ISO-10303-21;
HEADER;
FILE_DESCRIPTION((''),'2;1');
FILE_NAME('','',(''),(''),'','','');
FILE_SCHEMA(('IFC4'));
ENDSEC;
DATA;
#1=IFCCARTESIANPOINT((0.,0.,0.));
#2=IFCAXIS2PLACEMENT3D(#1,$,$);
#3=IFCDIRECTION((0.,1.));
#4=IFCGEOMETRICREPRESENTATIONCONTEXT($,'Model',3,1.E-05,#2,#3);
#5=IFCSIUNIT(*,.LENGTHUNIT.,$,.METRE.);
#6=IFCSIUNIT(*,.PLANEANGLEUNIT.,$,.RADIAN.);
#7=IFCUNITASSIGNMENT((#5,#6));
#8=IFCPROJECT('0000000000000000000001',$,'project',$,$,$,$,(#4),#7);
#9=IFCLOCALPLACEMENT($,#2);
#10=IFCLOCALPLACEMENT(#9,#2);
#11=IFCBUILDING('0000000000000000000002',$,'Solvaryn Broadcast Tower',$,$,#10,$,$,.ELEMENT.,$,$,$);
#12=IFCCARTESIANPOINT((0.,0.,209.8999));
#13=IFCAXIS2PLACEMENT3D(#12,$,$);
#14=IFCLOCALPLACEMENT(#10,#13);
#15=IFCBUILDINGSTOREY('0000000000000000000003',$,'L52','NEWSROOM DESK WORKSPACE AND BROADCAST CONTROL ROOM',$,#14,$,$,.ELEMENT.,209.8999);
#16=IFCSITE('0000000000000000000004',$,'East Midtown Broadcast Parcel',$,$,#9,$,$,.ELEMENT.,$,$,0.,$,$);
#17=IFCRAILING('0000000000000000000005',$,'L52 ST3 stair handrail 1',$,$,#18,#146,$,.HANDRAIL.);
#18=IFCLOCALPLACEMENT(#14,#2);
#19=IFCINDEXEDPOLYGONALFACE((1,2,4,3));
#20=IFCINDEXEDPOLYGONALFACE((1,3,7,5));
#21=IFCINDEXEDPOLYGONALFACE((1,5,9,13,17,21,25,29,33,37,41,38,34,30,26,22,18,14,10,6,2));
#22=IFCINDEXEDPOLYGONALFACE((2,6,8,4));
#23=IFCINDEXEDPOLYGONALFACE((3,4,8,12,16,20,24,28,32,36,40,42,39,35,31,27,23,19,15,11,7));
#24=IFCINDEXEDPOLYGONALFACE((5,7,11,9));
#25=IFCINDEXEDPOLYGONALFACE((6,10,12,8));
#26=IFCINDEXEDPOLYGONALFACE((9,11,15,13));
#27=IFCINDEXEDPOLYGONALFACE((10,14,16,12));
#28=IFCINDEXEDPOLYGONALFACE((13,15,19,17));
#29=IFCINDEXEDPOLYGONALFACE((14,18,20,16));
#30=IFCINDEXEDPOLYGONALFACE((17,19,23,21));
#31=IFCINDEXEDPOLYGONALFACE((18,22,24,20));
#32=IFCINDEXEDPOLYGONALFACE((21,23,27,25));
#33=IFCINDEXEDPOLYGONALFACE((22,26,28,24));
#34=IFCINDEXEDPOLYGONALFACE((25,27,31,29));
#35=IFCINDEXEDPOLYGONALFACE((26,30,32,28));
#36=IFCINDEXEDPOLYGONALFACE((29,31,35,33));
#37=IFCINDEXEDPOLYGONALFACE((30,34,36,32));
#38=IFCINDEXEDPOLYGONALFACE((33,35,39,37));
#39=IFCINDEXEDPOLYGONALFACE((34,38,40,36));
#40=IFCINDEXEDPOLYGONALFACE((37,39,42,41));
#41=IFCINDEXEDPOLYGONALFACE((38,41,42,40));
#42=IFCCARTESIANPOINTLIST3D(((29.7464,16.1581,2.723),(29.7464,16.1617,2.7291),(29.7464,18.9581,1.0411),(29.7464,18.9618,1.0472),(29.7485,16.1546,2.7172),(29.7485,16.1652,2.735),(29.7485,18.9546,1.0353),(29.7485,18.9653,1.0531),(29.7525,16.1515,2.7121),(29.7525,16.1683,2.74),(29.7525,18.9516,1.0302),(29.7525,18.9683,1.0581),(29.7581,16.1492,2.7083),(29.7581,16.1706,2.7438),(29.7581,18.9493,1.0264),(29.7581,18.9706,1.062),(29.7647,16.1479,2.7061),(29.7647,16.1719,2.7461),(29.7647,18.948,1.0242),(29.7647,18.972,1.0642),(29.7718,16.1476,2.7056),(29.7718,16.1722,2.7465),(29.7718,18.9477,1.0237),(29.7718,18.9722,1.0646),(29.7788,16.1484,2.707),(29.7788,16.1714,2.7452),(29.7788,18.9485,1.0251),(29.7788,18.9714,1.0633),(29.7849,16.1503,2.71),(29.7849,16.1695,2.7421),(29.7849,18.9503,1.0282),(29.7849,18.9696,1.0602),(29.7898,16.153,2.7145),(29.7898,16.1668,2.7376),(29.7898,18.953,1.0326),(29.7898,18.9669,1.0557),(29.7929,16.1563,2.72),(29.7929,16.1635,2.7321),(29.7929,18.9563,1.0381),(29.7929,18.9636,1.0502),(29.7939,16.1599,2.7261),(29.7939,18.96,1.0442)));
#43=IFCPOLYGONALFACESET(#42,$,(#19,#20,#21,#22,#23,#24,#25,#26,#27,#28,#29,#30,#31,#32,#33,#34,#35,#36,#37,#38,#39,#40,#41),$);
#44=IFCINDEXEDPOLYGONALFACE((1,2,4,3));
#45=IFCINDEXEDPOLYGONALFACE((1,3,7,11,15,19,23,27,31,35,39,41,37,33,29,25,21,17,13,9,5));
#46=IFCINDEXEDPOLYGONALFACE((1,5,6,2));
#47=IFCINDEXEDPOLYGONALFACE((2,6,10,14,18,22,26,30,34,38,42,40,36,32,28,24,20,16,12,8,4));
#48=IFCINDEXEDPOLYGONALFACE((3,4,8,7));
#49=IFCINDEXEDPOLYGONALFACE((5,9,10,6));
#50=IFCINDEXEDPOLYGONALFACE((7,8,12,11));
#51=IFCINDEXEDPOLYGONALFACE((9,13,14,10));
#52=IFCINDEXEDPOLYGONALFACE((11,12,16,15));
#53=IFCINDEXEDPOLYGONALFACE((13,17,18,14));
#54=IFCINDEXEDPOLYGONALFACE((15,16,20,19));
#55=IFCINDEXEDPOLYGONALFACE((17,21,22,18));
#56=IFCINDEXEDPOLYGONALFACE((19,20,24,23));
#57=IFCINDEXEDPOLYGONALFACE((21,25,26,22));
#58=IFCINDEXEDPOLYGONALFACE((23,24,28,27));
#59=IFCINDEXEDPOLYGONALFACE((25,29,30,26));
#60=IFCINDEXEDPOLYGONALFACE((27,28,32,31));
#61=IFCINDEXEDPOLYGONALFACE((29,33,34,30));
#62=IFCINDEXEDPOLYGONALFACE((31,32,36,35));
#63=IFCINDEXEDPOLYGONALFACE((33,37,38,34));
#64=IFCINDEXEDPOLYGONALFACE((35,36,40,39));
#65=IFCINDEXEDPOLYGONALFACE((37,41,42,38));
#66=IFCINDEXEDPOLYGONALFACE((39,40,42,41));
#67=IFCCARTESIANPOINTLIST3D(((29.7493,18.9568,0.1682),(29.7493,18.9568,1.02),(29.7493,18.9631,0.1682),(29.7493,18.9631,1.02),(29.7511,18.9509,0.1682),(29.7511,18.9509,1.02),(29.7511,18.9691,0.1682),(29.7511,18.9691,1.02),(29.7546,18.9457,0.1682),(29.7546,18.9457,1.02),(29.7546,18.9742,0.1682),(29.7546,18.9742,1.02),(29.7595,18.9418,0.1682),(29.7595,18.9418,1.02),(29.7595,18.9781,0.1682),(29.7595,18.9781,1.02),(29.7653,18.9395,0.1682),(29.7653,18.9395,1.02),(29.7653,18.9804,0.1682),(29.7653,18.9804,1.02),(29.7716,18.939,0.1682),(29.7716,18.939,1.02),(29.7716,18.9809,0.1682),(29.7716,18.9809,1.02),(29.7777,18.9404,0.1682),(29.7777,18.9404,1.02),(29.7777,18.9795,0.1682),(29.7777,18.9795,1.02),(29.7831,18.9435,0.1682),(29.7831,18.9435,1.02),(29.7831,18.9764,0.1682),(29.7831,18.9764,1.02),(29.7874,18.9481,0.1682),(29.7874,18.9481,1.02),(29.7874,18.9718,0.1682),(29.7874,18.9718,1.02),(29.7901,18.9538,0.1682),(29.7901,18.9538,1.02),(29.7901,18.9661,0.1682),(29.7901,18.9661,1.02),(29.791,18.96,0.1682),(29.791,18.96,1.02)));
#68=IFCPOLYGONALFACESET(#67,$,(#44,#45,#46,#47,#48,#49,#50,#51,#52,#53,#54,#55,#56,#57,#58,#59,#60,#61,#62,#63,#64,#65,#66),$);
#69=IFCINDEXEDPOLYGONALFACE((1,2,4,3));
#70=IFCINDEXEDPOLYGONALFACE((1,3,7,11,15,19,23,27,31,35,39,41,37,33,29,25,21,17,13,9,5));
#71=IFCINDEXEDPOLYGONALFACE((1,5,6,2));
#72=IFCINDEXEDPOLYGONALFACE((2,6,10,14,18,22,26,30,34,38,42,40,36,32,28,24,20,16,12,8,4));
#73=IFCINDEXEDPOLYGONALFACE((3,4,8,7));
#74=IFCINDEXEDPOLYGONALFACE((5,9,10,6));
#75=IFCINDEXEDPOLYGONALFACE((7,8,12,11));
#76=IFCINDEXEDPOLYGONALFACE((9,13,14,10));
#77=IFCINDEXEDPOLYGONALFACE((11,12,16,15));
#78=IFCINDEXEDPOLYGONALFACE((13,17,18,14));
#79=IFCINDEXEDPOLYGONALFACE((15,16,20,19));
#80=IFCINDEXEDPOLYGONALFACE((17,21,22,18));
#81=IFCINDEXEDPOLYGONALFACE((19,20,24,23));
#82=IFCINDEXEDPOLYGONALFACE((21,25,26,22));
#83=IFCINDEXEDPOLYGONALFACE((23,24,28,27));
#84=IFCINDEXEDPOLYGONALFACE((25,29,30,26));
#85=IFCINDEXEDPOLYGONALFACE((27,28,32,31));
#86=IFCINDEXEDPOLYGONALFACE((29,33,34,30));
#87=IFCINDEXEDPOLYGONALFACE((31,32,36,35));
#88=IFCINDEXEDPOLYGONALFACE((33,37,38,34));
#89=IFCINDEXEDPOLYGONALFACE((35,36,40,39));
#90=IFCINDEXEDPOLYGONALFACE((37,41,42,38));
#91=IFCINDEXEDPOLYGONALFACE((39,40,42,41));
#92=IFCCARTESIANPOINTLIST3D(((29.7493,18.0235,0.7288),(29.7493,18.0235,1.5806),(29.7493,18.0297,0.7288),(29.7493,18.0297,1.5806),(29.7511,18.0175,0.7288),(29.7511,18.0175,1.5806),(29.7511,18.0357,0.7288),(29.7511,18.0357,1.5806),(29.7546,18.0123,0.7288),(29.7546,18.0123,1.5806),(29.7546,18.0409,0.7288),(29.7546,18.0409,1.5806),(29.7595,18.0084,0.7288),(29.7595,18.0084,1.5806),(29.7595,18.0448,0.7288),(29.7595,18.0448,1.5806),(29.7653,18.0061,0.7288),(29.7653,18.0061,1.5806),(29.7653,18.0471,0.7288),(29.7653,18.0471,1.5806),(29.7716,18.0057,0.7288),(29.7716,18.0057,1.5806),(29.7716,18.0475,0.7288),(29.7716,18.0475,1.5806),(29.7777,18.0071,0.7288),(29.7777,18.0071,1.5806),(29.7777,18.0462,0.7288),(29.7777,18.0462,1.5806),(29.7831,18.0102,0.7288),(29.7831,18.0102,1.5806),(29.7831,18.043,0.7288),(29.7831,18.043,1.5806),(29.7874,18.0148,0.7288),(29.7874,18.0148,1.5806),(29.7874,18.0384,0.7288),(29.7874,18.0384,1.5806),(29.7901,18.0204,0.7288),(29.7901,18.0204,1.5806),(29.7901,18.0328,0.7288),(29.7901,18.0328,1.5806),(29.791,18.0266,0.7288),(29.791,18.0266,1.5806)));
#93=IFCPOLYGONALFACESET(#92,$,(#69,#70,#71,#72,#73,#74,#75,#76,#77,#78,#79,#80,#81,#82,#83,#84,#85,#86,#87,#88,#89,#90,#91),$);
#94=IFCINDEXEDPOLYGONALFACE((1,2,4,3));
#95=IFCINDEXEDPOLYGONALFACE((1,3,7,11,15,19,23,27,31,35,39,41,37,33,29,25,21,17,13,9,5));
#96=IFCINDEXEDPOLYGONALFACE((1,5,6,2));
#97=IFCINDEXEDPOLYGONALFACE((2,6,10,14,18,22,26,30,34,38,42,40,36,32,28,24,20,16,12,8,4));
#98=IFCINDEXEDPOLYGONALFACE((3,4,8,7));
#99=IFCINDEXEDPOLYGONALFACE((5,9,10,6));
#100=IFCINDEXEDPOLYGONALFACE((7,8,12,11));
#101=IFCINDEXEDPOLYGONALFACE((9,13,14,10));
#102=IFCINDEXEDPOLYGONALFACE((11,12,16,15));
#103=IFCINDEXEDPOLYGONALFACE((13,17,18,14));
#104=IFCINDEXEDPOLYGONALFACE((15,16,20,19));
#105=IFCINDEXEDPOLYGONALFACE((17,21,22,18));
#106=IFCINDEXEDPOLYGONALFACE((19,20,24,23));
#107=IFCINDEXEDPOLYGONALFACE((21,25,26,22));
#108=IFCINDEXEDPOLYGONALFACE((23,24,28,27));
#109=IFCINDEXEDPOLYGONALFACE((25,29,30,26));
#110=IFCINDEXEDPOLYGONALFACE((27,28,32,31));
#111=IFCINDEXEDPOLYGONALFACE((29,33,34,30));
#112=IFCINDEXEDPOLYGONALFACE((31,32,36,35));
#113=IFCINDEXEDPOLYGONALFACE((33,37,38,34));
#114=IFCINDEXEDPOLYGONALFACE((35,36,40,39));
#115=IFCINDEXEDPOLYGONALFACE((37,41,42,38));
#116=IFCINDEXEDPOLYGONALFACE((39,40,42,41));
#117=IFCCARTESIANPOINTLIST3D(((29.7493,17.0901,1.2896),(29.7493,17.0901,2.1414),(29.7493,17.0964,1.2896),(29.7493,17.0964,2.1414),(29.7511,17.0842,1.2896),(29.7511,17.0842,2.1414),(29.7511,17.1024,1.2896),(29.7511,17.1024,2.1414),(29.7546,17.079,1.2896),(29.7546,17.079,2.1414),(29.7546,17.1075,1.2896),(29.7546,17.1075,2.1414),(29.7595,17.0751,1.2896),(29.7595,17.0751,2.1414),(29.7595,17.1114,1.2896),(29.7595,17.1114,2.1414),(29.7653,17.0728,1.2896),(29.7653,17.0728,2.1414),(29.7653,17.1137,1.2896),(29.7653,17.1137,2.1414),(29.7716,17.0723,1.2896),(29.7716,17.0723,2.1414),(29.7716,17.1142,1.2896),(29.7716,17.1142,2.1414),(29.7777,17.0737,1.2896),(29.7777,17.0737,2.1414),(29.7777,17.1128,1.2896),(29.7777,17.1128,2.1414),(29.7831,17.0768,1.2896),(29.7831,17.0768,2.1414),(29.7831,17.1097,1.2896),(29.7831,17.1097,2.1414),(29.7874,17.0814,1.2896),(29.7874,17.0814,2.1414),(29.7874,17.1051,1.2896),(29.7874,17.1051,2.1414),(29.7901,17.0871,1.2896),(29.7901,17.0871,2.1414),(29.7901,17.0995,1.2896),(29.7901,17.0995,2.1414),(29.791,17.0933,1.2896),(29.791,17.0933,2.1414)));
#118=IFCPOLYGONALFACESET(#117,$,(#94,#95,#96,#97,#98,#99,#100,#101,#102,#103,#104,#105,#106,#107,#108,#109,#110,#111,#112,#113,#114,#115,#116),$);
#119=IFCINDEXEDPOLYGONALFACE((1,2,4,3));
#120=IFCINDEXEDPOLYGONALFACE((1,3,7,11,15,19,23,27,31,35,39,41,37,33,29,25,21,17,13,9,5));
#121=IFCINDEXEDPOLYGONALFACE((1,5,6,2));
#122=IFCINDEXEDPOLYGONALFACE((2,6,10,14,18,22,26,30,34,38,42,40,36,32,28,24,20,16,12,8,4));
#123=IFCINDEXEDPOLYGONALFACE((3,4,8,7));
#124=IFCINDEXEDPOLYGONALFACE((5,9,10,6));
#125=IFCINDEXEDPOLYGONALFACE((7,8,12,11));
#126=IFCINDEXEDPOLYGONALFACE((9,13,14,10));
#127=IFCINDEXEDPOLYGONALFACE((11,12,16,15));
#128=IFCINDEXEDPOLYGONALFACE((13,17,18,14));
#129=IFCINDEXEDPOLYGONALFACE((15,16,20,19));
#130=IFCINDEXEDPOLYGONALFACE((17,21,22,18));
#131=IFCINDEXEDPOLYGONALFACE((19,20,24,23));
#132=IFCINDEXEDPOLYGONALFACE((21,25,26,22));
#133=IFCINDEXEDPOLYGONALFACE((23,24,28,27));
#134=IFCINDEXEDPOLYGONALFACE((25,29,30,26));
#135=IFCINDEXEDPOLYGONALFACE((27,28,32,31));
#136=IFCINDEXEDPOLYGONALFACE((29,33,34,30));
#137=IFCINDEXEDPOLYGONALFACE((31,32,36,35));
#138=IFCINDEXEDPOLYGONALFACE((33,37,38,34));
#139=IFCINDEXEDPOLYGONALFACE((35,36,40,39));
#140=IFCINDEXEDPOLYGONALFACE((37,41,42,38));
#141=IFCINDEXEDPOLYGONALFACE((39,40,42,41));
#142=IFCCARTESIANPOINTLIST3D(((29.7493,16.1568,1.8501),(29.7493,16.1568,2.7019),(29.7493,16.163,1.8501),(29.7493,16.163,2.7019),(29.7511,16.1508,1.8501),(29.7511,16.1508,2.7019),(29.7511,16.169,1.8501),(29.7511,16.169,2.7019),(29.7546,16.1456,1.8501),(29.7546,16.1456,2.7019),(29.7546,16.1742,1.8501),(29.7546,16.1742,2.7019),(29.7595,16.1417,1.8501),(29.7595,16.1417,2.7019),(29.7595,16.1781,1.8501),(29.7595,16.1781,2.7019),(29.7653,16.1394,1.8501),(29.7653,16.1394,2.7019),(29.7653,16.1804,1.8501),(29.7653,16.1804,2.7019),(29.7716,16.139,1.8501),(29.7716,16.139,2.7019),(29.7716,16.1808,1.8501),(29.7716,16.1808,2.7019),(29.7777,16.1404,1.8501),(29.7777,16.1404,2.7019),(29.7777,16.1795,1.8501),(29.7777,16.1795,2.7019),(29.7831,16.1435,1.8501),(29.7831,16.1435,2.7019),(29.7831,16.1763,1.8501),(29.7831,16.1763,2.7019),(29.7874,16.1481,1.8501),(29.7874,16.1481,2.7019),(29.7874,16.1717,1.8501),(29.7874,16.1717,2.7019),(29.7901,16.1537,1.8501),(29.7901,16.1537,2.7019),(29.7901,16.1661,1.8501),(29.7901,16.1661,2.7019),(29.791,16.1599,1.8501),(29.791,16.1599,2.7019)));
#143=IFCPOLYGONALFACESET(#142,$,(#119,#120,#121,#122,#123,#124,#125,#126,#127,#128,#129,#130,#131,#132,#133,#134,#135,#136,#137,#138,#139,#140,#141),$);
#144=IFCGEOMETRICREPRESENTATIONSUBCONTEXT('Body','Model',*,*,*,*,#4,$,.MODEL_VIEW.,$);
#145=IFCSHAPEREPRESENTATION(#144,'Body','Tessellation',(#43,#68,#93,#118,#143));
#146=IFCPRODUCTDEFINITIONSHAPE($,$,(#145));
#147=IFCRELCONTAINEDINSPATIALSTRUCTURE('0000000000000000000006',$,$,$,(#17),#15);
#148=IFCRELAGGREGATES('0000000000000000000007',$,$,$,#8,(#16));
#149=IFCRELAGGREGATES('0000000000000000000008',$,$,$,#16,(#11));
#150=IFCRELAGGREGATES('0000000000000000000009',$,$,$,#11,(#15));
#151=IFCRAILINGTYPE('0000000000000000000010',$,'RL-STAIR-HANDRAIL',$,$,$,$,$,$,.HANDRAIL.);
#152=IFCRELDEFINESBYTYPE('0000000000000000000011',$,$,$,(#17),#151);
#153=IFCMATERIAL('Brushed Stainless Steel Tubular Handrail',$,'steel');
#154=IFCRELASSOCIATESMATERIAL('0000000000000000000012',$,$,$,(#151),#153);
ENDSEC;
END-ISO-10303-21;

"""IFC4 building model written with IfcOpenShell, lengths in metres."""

from ifc_helpers import new_model, si_unit, direction, frame, origin, origin_2d, place, context, subcontext, project, spatial, circle, extrude, material, type_object, element, save


model = new_model("IFC4")

# Units and contexts
model_context = context("Model", 3, precision=1e-05, world=origin(), true_north=direction((0.0, 1.0)))
body_context = subcontext(model_context, "Body", "Model", "MODEL_VIEW")
ifc_project = project(units=[si_unit("LENGTHUNIT", "METRE"), si_unit("PLANEANGLEUNIT", "RADIAN")], contexts=[model_context])

# Site, building, storey
site_placement = place(None, origin())
site = spatial("IfcSite", under=ifc_project, at=site_placement, Name="East Midtown Broadcast Parcel", CompositionType="ELEMENT", RefElevation=0.0)
building_placement = place(site_placement, origin())
building = spatial("IfcBuilding", under=site, at=building_placement, Name="Solvaryn Broadcast Tower", CompositionType="ELEMENT")
storey_placement = place(building_placement, frame((0.0, 0.0, 209.8999)))
storey = spatial("IfcBuildingStorey", under=building, at=storey_placement, Name="L52", Description="NEWSROOM DESK WORKSPACE AND BROADCAST CONTROL ROOM", CompositionType="ELEMENT", Elevation=209.8999)

# Railing
ifc_material_1 = material(Name="Brushed Stainless Steel Tubular Handrail", Category="steel")
railing_type_1 = type_object("IfcRailingType", Name="RL-STAIR-HANDRAIL", PredefinedType="HANDRAIL", material=ifc_material_1)
railing_1_placement = place(storey_placement, frame((29.77, 18.96, 0.1682)))
element("IfcRailing", 1, at=railing_1_placement, inside=storey, type_object=railing_type_1, Name="L52 ST3 stair handrail 1", PredefinedType="HANDRAIL", context=body_context, shape_type="SweptSolid", body=[
    extrude(circle(Radius=0.0239, at=origin_2d()), frame((0.0, 0.0, 0.876), z_axis=(0.0, -0.857242, 0.514913), x_axis=(1.0, 0.0, 0.0)), (0.0, 0.0, 1.0), 3.2664),
    extrude(circle(Radius=0.021, at=origin_2d()), origin(), (0.0, 0.0, 1.0), 0.8518),
    extrude(circle(Radius=0.021, at=origin_2d()), frame((0.0, -0.9333, 0.5605)), (0.0, 0.0, 1.0), 0.8518),
    extrude(circle(Radius=0.021, at=origin_2d()), frame((0.0, -1.8667, 1.1213)), (0.0, 0.0, 1.0), 0.8518),
    extrude(circle(Radius=0.021, at=origin_2d()), frame((0.0, -2.8, 1.6819)), (0.0, 0.0, 1.0), 0.8518),
])

save(model, "model.ifc")
